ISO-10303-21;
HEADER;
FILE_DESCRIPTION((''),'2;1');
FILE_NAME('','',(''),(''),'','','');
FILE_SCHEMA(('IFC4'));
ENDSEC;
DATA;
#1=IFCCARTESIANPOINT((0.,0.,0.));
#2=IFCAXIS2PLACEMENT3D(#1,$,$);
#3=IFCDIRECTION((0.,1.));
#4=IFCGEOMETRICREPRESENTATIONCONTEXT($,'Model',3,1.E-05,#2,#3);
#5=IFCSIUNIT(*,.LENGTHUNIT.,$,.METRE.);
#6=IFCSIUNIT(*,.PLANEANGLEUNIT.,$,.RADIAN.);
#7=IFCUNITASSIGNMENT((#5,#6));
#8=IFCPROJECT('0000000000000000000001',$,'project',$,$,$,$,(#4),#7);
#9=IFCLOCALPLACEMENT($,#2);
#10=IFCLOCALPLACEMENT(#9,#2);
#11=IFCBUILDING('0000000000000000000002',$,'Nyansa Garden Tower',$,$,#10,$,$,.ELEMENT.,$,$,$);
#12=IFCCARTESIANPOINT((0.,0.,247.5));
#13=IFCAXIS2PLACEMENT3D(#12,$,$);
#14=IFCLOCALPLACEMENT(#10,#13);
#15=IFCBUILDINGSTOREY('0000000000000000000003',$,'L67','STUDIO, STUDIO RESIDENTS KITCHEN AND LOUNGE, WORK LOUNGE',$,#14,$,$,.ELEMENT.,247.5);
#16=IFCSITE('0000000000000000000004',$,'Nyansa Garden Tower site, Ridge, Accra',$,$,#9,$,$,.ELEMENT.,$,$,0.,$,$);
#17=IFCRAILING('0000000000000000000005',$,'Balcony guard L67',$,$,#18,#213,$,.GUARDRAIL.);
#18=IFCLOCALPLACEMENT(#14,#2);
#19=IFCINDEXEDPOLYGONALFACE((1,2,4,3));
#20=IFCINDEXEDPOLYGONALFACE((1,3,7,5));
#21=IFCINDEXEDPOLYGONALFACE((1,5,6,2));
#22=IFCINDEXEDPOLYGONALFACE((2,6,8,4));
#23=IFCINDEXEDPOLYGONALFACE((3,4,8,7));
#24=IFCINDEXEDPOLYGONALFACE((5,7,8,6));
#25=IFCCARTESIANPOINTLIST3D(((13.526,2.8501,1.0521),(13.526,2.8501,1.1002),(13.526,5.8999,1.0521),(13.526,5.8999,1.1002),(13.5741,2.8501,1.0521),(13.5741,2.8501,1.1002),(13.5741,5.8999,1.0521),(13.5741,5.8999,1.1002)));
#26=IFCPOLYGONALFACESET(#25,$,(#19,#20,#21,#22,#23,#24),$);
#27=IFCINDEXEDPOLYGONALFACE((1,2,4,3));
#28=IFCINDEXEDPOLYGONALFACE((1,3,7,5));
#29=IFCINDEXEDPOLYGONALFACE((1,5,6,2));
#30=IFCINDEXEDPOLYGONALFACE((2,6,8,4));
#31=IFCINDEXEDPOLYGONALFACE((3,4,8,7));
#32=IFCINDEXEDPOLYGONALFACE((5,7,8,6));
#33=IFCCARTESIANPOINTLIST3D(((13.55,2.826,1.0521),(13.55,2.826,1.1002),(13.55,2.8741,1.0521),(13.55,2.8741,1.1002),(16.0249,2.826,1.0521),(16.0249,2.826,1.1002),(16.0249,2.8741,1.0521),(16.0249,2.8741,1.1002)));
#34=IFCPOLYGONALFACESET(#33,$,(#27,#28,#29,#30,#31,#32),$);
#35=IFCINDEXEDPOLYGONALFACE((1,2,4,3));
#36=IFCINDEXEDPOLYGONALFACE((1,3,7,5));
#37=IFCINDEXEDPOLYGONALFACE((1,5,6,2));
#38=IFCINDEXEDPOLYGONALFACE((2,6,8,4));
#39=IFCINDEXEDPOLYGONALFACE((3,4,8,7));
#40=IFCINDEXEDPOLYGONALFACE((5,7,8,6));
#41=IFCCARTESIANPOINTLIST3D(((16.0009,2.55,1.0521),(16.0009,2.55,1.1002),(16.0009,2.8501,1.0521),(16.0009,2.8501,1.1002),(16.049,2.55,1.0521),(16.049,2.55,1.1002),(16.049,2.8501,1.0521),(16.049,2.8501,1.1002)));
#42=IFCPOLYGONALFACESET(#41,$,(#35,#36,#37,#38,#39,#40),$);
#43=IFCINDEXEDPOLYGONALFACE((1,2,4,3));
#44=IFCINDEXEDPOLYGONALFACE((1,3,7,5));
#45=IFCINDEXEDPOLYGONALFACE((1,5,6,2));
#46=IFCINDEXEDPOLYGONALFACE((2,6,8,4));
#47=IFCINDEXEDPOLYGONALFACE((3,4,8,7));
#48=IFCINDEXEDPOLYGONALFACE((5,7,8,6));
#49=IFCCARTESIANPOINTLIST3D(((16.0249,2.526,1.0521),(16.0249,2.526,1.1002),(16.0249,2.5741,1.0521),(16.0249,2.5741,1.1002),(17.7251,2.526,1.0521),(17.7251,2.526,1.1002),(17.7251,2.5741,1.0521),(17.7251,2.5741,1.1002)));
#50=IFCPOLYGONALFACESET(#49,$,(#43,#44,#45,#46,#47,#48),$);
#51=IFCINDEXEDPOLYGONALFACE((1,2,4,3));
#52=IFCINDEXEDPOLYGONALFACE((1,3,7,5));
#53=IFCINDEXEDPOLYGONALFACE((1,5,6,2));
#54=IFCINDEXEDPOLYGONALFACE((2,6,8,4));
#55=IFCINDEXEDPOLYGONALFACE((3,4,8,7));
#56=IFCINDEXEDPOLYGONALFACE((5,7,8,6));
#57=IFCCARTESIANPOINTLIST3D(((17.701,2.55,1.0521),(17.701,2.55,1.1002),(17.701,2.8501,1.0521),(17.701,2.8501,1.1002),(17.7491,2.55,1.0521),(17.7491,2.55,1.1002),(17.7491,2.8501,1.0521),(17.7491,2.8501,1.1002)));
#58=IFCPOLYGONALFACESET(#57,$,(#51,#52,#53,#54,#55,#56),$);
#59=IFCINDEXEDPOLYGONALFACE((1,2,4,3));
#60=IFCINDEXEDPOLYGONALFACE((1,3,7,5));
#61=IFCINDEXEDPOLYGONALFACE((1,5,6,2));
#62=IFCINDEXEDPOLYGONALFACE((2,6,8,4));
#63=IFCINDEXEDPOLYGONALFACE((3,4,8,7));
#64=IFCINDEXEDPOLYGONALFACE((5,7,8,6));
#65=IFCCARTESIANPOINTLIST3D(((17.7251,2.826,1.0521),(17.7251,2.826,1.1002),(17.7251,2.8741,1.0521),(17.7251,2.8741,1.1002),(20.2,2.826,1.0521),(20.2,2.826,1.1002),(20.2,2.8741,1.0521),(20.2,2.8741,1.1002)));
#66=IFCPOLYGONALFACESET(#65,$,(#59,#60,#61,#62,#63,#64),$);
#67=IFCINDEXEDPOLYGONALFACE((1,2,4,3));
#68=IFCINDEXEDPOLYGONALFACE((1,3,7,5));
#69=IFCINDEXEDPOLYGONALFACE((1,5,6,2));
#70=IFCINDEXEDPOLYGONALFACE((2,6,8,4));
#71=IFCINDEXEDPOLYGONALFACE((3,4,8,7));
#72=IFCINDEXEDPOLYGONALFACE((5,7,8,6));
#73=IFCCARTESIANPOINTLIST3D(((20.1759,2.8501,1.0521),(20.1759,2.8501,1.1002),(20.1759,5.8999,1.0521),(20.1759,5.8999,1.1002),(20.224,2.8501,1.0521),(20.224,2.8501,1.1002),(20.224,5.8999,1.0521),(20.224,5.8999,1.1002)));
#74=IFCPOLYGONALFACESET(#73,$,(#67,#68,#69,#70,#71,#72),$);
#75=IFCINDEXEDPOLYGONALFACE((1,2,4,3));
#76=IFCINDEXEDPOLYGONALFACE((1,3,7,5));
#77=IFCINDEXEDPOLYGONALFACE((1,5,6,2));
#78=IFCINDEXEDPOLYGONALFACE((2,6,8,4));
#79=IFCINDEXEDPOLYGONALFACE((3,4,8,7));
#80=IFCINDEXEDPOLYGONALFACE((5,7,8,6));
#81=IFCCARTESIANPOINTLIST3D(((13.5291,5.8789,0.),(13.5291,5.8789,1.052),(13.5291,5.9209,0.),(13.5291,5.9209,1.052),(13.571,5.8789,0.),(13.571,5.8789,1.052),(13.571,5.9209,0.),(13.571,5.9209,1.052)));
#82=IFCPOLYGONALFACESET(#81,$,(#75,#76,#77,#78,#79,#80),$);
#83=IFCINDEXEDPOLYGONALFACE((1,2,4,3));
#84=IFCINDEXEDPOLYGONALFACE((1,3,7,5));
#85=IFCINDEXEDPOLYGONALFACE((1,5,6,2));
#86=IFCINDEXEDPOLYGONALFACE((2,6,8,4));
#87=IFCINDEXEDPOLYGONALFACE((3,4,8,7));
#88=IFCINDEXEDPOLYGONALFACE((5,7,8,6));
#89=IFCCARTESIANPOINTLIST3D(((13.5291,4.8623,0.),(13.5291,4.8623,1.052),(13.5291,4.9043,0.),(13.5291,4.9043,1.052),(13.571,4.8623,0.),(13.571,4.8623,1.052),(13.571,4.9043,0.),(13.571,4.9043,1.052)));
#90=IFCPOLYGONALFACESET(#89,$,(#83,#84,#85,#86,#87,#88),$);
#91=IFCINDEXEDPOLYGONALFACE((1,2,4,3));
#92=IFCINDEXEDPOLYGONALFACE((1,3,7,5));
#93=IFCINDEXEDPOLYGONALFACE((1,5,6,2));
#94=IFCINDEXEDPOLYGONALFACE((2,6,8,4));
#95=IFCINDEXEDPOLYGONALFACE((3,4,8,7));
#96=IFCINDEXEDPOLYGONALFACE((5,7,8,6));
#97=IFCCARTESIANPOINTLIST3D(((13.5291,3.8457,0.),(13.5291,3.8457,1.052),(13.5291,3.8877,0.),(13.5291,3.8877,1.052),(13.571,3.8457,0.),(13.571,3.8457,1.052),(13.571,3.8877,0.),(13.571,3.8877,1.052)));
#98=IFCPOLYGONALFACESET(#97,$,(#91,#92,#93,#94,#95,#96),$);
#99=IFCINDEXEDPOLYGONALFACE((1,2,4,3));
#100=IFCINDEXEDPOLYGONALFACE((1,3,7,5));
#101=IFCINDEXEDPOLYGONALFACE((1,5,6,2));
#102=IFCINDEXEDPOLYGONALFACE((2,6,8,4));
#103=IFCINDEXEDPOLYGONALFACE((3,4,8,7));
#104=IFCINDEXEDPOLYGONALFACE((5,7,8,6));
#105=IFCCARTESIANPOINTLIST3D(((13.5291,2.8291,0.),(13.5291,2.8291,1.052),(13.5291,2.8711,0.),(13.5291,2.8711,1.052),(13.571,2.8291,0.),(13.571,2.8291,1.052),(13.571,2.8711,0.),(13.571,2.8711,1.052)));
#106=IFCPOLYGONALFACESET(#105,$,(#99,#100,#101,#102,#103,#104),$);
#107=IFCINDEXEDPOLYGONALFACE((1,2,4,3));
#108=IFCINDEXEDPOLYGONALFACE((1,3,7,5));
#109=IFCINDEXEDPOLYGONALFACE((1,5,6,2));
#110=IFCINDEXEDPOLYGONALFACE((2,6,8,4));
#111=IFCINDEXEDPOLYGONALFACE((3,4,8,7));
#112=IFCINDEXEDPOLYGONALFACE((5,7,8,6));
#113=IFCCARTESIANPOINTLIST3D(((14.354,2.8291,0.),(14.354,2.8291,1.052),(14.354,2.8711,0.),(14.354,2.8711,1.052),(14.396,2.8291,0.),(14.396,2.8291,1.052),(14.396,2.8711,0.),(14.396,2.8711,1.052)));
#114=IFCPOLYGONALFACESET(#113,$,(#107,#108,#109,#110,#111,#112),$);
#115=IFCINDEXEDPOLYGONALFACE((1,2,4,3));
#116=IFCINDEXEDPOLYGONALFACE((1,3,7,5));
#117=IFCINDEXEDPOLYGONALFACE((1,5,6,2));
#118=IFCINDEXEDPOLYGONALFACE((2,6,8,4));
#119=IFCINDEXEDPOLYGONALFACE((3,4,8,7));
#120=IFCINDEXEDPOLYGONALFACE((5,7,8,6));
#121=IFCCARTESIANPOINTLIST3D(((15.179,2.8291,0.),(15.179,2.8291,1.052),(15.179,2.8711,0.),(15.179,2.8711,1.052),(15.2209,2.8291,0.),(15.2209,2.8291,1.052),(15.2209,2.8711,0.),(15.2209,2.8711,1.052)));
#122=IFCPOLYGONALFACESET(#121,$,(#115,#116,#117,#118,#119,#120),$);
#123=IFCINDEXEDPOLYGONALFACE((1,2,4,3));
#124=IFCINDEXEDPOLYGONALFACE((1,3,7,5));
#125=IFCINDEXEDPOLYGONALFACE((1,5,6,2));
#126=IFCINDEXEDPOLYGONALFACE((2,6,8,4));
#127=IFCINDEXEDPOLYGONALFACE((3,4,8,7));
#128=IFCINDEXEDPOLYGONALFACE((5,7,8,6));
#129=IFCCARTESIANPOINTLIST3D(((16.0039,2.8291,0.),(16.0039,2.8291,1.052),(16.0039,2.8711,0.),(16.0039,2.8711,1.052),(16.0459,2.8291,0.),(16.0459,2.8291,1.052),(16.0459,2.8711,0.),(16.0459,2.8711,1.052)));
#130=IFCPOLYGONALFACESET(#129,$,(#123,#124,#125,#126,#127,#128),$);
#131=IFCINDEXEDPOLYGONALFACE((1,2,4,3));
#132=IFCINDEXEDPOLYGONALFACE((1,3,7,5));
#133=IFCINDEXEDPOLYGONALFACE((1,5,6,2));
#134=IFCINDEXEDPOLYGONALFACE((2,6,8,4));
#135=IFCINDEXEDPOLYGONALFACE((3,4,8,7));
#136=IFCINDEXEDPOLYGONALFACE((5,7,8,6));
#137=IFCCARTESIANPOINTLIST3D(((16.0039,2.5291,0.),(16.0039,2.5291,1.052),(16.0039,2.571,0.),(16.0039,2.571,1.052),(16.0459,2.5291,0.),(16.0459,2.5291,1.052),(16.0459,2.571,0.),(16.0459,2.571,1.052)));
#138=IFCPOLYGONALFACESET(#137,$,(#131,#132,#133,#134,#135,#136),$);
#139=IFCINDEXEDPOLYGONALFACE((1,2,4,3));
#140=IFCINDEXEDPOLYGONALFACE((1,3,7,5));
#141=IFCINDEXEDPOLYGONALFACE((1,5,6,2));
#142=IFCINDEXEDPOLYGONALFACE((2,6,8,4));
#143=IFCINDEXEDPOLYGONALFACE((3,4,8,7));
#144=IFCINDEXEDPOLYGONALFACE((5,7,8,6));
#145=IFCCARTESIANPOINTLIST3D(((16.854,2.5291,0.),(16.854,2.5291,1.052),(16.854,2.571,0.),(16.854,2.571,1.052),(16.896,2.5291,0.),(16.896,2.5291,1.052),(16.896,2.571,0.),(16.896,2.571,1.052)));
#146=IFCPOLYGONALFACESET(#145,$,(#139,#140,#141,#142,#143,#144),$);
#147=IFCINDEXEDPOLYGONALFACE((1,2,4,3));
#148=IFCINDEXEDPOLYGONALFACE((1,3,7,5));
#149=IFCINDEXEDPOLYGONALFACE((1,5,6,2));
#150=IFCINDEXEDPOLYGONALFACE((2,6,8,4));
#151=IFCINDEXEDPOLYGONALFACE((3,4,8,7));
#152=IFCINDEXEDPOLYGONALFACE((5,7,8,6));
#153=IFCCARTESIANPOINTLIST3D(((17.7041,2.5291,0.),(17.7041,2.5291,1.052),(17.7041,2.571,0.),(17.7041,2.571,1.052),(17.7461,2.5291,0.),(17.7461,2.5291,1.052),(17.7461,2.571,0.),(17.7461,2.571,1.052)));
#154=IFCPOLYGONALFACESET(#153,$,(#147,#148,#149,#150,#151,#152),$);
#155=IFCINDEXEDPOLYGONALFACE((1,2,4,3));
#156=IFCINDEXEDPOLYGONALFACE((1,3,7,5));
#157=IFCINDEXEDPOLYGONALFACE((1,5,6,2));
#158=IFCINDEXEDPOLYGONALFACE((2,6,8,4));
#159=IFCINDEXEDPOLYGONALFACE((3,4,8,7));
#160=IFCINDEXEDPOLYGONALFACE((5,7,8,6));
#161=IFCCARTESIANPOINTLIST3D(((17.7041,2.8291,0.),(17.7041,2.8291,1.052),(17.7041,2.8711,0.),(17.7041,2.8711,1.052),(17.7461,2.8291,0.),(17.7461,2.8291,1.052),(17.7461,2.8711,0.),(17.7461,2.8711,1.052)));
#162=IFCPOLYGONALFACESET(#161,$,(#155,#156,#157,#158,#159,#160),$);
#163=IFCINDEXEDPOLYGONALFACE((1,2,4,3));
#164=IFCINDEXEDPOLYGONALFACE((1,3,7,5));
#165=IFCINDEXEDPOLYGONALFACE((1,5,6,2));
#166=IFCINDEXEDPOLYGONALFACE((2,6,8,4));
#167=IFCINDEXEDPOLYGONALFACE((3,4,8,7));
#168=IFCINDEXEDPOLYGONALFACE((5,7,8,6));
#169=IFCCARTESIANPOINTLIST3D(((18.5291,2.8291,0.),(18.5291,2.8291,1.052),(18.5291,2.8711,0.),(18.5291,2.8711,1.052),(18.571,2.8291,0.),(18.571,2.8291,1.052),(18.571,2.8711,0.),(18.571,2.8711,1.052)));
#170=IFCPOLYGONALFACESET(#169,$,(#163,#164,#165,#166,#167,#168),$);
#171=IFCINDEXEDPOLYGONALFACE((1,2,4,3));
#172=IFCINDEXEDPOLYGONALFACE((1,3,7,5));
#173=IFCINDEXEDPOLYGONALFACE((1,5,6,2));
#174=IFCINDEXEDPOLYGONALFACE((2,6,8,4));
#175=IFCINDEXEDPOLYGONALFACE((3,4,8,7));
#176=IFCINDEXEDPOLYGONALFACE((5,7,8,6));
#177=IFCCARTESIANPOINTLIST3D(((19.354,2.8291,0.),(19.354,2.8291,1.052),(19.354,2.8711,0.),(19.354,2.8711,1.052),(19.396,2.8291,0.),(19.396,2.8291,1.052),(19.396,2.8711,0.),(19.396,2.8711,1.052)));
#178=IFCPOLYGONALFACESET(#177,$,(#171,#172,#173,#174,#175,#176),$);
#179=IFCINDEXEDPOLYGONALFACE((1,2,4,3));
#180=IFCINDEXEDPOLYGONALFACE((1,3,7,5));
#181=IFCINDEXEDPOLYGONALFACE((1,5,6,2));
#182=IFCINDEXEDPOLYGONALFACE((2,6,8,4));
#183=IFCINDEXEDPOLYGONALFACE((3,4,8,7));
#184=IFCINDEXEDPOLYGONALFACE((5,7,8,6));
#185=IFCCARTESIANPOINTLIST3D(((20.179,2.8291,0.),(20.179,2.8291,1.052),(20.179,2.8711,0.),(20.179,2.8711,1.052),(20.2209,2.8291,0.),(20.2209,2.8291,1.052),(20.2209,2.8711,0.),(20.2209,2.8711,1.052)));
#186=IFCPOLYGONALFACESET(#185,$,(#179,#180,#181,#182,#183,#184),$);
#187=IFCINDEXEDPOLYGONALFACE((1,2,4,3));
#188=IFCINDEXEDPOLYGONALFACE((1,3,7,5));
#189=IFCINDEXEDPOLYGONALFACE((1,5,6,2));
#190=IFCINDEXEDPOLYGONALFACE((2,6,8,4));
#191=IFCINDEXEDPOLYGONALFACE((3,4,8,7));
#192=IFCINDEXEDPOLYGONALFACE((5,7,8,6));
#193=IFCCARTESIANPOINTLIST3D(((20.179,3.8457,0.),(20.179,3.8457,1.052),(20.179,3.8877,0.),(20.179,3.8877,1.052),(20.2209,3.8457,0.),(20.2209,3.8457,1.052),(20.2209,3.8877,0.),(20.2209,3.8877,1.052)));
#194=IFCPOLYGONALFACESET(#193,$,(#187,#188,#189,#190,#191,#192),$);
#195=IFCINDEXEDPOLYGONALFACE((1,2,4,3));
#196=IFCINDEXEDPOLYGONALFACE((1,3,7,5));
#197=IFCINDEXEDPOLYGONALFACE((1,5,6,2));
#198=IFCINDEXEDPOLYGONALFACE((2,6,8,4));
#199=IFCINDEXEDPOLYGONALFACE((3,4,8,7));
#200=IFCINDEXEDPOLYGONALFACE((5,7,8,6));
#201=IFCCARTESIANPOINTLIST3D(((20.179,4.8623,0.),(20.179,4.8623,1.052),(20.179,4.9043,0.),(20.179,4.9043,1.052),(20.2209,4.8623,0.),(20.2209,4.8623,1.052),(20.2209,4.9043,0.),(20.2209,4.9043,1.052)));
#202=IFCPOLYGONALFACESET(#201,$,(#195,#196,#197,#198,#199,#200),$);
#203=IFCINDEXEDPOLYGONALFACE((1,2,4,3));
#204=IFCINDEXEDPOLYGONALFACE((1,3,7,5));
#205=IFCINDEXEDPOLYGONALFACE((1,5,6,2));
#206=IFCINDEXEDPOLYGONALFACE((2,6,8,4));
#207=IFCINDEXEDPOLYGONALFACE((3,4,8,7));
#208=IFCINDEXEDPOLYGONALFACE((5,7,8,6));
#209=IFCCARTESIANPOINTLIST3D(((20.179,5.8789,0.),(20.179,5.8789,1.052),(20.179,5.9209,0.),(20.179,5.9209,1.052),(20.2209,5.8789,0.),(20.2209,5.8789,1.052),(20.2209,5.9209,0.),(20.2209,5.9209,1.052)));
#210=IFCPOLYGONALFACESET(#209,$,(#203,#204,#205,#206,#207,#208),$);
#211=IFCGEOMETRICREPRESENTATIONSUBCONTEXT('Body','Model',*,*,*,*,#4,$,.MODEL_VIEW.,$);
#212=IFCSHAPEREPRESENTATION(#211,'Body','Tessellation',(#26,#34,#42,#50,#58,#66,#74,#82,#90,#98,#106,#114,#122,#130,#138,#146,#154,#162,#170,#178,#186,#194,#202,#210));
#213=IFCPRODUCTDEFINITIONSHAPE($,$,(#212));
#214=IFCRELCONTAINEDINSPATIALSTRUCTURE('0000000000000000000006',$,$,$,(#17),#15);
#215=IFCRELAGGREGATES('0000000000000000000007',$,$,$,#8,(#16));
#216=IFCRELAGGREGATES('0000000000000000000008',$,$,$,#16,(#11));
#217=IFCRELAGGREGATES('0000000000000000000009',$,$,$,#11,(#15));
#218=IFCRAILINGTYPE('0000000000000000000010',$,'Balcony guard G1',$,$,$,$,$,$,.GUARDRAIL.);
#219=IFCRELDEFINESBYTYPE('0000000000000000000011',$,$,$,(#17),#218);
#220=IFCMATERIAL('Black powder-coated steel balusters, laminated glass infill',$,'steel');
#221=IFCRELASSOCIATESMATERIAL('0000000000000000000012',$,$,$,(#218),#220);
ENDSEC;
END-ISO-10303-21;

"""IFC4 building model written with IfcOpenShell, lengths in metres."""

from ifc_helpers import new_model, si_unit, direction, frame, origin, origin_2d, place, context, subcontext, project, spatial, rectangle, extrude, material, type_object, element, save


model = new_model("IFC4")

# Units and contexts
model_context = context("Model", 3, precision=1e-05, world=origin(), true_north=direction((0.0, 1.0)))
body_context = subcontext(model_context, "Body", "Model", "MODEL_VIEW")
ifc_project = project(units=[si_unit("LENGTHUNIT", "METRE"), si_unit("PLANEANGLEUNIT", "RADIAN")], contexts=[model_context])

# Site, building, storey
site_placement = place(None, origin())
site = spatial("IfcSite", under=ifc_project, at=site_placement, Name="Nyansa Garden Tower site, Ridge, Accra", CompositionType="ELEMENT", RefElevation=0.0)
building_placement = place(site_placement, origin())
building = spatial("IfcBuilding", under=site, at=building_placement, Name="Nyansa Garden Tower", CompositionType="ELEMENT")
storey_placement = place(building_placement, frame((0.0, 0.0, 247.5)))
storey = spatial("IfcBuildingStorey", under=building, at=storey_placement, Name="L67", Description="STUDIO, STUDIO RESIDENTS KITCHEN AND LOUNGE, WORK LOUNGE", CompositionType="ELEMENT", Elevation=247.5)

# Railing
ifc_material_1 = material(Name="Black powder-coated steel balusters, laminated glass infill", Category="steel")
railing_type = type_object("IfcRailingType", Name="Balcony guard G1", PredefinedType="GUARDRAIL", material=ifc_material_1)
railing_placement = place(storey_placement, frame((13.55, 5.8999, 0.0)))
element("IfcRailing", 1, at=railing_placement, inside=storey, type_object=railing_type, Name="Balcony guard L67", PredefinedType="GUARDRAIL", context=body_context, shape_type="SweptSolid", body=[
    extrude(rectangle(XDim=0.0481, YDim=0.0481, at=origin_2d()), frame((0.0, 0.0, 1.0762), z_axis=(0.0, -1.0, 0.0), x_axis=(1.0, 0.0, 0.0)), (0.0, 0.0, 1.0), 3.0498),
    extrude(rectangle(XDim=0.0481, YDim=0.0481, at=origin_2d()), frame((0.0, -3.0498, 1.0762), z_axis=(1.0, 0.0, 0.0), x_axis=(0.0, 1.0, 0.0)), (0.0, 0.0, 1.0), 2.4749),
    extrude(rectangle(XDim=0.0481, YDim=0.0481, at=origin_2d()), frame((2.4749, -3.0498, 1.0762), z_axis=(0.0, -1.0, 0.0), x_axis=(1.0, 0.0, 0.0)), (0.0, 0.0, 1.0), 0.3),
    extrude(rectangle(XDim=0.0481, YDim=0.0481, at=origin_2d()), frame((2.4749, -3.3499, 1.0762), z_axis=(1.0, 0.0, 0.0), x_axis=(0.0, 1.0, 0.0)), (0.0, 0.0, 1.0), 1.7002),
    extrude(rectangle(XDim=0.0481, YDim=0.0481, at=origin_2d()), frame((4.175, -3.3499, 1.0762), z_axis=(0.0, 1.0, 0.0), x_axis=(-1.0, 0.0, 0.0)), (0.0, 0.0, 1.0), 0.3),
    extrude(rectangle(XDim=0.0481, YDim=0.0481, at=origin_2d()), frame((4.175, -3.0498, 1.0762), z_axis=(1.0, 0.0, 0.0), x_axis=(0.0, 1.0, 0.0)), (0.0, 0.0, 1.0), 2.4749),
    extrude(rectangle(XDim=0.0481, YDim=0.0481, at=origin_2d()), frame((6.6499, -3.0498, 1.0762), z_axis=(0.0, 1.0, 0.0), x_axis=(-1.0, 0.0, 0.0)), (0.0, 0.0, 1.0), 3.0498),
    extrude(rectangle(XDim=0.042, YDim=0.042, at=origin_2d()), origin(), (0.0, 0.0, 1.0), 1.052),
    extrude(rectangle(XDim=0.042, YDim=0.042, at=origin_2d()), frame((0.0, -1.0166, 0.0)), (0.0, 0.0, 1.0), 1.052),
    extrude(rectangle(XDim=0.042, YDim=0.042, at=origin_2d()), frame((0.0, -2.0332, 0.0)), (0.0, 0.0, 1.0), 1.052),
    extrude(rectangle(XDim=0.042, YDim=0.042, at=origin_2d()), frame((0.0, -3.0498, 0.0)), (0.0, 0.0, 1.0), 1.052),
    extrude(rectangle(XDim=0.042, YDim=0.042, at=origin_2d()), frame((0.825, -3.0498, 0.0)), (0.0, 0.0, 1.0), 1.052),
    extrude(rectangle(XDim=0.042, YDim=0.042, at=origin_2d()), frame((1.6499, -3.0498, 0.0)), (0.0, 0.0, 1.0), 1.052),
    extrude(rectangle(XDim=0.042, YDim=0.042, at=origin_2d()), frame((2.4749, -3.0498, 0.0)), (0.0, 0.0, 1.0), 1.052),
    extrude(rectangle(XDim=0.042, YDim=0.042, at=origin_2d()), frame((2.4749, -3.3499, 0.0)), (0.0, 0.0, 1.0), 1.052),
    extrude(rectangle(XDim=0.042, YDim=0.042, at=origin_2d()), frame((3.325, -3.3499, 0.0)), (0.0, 0.0, 1.0), 1.052),
    extrude(rectangle(XDim=0.042, YDim=0.042, at=origin_2d()), frame((4.175, -3.3499, 0.0)), (0.0, 0.0, 1.0), 1.052),
    extrude(rectangle(XDim=0.042, YDim=0.042, at=origin_2d()), frame((4.175, -3.0498, 0.0)), (0.0, 0.0, 1.0), 1.052),
    extrude(rectangle(XDim=0.042, YDim=0.042, at=origin_2d()), frame((5.0, -3.0498, 0.0)), (0.0, 0.0, 1.0), 1.052),
    extrude(rectangle(XDim=0.042, YDim=0.042, at=origin_2d()), frame((5.825, -3.0498, 0.0)), (0.0, 0.0, 1.0), 1.052),
    extrude(rectangle(XDim=0.042, YDim=0.042, at=origin_2d()), frame((6.6499, -3.0498, 0.0)), (0.0, 0.0, 1.0), 1.052),
    extrude(rectangle(XDim=0.042, YDim=0.042, at=origin_2d()), frame((6.6499, -2.0332, 0.0)), (0.0, 0.0, 1.0), 1.052),
    extrude(rectangle(XDim=0.042, YDim=0.042, at=origin_2d()), frame((6.6499, -1.0166, 0.0)), (0.0, 0.0, 1.0), 1.052),
    extrude(rectangle(XDim=0.042, YDim=0.042, at=origin_2d()), frame((6.6499, 0.0, 0.0)), (0.0, 0.0, 1.0), 1.052),
])

save(model, "model.ifc")
